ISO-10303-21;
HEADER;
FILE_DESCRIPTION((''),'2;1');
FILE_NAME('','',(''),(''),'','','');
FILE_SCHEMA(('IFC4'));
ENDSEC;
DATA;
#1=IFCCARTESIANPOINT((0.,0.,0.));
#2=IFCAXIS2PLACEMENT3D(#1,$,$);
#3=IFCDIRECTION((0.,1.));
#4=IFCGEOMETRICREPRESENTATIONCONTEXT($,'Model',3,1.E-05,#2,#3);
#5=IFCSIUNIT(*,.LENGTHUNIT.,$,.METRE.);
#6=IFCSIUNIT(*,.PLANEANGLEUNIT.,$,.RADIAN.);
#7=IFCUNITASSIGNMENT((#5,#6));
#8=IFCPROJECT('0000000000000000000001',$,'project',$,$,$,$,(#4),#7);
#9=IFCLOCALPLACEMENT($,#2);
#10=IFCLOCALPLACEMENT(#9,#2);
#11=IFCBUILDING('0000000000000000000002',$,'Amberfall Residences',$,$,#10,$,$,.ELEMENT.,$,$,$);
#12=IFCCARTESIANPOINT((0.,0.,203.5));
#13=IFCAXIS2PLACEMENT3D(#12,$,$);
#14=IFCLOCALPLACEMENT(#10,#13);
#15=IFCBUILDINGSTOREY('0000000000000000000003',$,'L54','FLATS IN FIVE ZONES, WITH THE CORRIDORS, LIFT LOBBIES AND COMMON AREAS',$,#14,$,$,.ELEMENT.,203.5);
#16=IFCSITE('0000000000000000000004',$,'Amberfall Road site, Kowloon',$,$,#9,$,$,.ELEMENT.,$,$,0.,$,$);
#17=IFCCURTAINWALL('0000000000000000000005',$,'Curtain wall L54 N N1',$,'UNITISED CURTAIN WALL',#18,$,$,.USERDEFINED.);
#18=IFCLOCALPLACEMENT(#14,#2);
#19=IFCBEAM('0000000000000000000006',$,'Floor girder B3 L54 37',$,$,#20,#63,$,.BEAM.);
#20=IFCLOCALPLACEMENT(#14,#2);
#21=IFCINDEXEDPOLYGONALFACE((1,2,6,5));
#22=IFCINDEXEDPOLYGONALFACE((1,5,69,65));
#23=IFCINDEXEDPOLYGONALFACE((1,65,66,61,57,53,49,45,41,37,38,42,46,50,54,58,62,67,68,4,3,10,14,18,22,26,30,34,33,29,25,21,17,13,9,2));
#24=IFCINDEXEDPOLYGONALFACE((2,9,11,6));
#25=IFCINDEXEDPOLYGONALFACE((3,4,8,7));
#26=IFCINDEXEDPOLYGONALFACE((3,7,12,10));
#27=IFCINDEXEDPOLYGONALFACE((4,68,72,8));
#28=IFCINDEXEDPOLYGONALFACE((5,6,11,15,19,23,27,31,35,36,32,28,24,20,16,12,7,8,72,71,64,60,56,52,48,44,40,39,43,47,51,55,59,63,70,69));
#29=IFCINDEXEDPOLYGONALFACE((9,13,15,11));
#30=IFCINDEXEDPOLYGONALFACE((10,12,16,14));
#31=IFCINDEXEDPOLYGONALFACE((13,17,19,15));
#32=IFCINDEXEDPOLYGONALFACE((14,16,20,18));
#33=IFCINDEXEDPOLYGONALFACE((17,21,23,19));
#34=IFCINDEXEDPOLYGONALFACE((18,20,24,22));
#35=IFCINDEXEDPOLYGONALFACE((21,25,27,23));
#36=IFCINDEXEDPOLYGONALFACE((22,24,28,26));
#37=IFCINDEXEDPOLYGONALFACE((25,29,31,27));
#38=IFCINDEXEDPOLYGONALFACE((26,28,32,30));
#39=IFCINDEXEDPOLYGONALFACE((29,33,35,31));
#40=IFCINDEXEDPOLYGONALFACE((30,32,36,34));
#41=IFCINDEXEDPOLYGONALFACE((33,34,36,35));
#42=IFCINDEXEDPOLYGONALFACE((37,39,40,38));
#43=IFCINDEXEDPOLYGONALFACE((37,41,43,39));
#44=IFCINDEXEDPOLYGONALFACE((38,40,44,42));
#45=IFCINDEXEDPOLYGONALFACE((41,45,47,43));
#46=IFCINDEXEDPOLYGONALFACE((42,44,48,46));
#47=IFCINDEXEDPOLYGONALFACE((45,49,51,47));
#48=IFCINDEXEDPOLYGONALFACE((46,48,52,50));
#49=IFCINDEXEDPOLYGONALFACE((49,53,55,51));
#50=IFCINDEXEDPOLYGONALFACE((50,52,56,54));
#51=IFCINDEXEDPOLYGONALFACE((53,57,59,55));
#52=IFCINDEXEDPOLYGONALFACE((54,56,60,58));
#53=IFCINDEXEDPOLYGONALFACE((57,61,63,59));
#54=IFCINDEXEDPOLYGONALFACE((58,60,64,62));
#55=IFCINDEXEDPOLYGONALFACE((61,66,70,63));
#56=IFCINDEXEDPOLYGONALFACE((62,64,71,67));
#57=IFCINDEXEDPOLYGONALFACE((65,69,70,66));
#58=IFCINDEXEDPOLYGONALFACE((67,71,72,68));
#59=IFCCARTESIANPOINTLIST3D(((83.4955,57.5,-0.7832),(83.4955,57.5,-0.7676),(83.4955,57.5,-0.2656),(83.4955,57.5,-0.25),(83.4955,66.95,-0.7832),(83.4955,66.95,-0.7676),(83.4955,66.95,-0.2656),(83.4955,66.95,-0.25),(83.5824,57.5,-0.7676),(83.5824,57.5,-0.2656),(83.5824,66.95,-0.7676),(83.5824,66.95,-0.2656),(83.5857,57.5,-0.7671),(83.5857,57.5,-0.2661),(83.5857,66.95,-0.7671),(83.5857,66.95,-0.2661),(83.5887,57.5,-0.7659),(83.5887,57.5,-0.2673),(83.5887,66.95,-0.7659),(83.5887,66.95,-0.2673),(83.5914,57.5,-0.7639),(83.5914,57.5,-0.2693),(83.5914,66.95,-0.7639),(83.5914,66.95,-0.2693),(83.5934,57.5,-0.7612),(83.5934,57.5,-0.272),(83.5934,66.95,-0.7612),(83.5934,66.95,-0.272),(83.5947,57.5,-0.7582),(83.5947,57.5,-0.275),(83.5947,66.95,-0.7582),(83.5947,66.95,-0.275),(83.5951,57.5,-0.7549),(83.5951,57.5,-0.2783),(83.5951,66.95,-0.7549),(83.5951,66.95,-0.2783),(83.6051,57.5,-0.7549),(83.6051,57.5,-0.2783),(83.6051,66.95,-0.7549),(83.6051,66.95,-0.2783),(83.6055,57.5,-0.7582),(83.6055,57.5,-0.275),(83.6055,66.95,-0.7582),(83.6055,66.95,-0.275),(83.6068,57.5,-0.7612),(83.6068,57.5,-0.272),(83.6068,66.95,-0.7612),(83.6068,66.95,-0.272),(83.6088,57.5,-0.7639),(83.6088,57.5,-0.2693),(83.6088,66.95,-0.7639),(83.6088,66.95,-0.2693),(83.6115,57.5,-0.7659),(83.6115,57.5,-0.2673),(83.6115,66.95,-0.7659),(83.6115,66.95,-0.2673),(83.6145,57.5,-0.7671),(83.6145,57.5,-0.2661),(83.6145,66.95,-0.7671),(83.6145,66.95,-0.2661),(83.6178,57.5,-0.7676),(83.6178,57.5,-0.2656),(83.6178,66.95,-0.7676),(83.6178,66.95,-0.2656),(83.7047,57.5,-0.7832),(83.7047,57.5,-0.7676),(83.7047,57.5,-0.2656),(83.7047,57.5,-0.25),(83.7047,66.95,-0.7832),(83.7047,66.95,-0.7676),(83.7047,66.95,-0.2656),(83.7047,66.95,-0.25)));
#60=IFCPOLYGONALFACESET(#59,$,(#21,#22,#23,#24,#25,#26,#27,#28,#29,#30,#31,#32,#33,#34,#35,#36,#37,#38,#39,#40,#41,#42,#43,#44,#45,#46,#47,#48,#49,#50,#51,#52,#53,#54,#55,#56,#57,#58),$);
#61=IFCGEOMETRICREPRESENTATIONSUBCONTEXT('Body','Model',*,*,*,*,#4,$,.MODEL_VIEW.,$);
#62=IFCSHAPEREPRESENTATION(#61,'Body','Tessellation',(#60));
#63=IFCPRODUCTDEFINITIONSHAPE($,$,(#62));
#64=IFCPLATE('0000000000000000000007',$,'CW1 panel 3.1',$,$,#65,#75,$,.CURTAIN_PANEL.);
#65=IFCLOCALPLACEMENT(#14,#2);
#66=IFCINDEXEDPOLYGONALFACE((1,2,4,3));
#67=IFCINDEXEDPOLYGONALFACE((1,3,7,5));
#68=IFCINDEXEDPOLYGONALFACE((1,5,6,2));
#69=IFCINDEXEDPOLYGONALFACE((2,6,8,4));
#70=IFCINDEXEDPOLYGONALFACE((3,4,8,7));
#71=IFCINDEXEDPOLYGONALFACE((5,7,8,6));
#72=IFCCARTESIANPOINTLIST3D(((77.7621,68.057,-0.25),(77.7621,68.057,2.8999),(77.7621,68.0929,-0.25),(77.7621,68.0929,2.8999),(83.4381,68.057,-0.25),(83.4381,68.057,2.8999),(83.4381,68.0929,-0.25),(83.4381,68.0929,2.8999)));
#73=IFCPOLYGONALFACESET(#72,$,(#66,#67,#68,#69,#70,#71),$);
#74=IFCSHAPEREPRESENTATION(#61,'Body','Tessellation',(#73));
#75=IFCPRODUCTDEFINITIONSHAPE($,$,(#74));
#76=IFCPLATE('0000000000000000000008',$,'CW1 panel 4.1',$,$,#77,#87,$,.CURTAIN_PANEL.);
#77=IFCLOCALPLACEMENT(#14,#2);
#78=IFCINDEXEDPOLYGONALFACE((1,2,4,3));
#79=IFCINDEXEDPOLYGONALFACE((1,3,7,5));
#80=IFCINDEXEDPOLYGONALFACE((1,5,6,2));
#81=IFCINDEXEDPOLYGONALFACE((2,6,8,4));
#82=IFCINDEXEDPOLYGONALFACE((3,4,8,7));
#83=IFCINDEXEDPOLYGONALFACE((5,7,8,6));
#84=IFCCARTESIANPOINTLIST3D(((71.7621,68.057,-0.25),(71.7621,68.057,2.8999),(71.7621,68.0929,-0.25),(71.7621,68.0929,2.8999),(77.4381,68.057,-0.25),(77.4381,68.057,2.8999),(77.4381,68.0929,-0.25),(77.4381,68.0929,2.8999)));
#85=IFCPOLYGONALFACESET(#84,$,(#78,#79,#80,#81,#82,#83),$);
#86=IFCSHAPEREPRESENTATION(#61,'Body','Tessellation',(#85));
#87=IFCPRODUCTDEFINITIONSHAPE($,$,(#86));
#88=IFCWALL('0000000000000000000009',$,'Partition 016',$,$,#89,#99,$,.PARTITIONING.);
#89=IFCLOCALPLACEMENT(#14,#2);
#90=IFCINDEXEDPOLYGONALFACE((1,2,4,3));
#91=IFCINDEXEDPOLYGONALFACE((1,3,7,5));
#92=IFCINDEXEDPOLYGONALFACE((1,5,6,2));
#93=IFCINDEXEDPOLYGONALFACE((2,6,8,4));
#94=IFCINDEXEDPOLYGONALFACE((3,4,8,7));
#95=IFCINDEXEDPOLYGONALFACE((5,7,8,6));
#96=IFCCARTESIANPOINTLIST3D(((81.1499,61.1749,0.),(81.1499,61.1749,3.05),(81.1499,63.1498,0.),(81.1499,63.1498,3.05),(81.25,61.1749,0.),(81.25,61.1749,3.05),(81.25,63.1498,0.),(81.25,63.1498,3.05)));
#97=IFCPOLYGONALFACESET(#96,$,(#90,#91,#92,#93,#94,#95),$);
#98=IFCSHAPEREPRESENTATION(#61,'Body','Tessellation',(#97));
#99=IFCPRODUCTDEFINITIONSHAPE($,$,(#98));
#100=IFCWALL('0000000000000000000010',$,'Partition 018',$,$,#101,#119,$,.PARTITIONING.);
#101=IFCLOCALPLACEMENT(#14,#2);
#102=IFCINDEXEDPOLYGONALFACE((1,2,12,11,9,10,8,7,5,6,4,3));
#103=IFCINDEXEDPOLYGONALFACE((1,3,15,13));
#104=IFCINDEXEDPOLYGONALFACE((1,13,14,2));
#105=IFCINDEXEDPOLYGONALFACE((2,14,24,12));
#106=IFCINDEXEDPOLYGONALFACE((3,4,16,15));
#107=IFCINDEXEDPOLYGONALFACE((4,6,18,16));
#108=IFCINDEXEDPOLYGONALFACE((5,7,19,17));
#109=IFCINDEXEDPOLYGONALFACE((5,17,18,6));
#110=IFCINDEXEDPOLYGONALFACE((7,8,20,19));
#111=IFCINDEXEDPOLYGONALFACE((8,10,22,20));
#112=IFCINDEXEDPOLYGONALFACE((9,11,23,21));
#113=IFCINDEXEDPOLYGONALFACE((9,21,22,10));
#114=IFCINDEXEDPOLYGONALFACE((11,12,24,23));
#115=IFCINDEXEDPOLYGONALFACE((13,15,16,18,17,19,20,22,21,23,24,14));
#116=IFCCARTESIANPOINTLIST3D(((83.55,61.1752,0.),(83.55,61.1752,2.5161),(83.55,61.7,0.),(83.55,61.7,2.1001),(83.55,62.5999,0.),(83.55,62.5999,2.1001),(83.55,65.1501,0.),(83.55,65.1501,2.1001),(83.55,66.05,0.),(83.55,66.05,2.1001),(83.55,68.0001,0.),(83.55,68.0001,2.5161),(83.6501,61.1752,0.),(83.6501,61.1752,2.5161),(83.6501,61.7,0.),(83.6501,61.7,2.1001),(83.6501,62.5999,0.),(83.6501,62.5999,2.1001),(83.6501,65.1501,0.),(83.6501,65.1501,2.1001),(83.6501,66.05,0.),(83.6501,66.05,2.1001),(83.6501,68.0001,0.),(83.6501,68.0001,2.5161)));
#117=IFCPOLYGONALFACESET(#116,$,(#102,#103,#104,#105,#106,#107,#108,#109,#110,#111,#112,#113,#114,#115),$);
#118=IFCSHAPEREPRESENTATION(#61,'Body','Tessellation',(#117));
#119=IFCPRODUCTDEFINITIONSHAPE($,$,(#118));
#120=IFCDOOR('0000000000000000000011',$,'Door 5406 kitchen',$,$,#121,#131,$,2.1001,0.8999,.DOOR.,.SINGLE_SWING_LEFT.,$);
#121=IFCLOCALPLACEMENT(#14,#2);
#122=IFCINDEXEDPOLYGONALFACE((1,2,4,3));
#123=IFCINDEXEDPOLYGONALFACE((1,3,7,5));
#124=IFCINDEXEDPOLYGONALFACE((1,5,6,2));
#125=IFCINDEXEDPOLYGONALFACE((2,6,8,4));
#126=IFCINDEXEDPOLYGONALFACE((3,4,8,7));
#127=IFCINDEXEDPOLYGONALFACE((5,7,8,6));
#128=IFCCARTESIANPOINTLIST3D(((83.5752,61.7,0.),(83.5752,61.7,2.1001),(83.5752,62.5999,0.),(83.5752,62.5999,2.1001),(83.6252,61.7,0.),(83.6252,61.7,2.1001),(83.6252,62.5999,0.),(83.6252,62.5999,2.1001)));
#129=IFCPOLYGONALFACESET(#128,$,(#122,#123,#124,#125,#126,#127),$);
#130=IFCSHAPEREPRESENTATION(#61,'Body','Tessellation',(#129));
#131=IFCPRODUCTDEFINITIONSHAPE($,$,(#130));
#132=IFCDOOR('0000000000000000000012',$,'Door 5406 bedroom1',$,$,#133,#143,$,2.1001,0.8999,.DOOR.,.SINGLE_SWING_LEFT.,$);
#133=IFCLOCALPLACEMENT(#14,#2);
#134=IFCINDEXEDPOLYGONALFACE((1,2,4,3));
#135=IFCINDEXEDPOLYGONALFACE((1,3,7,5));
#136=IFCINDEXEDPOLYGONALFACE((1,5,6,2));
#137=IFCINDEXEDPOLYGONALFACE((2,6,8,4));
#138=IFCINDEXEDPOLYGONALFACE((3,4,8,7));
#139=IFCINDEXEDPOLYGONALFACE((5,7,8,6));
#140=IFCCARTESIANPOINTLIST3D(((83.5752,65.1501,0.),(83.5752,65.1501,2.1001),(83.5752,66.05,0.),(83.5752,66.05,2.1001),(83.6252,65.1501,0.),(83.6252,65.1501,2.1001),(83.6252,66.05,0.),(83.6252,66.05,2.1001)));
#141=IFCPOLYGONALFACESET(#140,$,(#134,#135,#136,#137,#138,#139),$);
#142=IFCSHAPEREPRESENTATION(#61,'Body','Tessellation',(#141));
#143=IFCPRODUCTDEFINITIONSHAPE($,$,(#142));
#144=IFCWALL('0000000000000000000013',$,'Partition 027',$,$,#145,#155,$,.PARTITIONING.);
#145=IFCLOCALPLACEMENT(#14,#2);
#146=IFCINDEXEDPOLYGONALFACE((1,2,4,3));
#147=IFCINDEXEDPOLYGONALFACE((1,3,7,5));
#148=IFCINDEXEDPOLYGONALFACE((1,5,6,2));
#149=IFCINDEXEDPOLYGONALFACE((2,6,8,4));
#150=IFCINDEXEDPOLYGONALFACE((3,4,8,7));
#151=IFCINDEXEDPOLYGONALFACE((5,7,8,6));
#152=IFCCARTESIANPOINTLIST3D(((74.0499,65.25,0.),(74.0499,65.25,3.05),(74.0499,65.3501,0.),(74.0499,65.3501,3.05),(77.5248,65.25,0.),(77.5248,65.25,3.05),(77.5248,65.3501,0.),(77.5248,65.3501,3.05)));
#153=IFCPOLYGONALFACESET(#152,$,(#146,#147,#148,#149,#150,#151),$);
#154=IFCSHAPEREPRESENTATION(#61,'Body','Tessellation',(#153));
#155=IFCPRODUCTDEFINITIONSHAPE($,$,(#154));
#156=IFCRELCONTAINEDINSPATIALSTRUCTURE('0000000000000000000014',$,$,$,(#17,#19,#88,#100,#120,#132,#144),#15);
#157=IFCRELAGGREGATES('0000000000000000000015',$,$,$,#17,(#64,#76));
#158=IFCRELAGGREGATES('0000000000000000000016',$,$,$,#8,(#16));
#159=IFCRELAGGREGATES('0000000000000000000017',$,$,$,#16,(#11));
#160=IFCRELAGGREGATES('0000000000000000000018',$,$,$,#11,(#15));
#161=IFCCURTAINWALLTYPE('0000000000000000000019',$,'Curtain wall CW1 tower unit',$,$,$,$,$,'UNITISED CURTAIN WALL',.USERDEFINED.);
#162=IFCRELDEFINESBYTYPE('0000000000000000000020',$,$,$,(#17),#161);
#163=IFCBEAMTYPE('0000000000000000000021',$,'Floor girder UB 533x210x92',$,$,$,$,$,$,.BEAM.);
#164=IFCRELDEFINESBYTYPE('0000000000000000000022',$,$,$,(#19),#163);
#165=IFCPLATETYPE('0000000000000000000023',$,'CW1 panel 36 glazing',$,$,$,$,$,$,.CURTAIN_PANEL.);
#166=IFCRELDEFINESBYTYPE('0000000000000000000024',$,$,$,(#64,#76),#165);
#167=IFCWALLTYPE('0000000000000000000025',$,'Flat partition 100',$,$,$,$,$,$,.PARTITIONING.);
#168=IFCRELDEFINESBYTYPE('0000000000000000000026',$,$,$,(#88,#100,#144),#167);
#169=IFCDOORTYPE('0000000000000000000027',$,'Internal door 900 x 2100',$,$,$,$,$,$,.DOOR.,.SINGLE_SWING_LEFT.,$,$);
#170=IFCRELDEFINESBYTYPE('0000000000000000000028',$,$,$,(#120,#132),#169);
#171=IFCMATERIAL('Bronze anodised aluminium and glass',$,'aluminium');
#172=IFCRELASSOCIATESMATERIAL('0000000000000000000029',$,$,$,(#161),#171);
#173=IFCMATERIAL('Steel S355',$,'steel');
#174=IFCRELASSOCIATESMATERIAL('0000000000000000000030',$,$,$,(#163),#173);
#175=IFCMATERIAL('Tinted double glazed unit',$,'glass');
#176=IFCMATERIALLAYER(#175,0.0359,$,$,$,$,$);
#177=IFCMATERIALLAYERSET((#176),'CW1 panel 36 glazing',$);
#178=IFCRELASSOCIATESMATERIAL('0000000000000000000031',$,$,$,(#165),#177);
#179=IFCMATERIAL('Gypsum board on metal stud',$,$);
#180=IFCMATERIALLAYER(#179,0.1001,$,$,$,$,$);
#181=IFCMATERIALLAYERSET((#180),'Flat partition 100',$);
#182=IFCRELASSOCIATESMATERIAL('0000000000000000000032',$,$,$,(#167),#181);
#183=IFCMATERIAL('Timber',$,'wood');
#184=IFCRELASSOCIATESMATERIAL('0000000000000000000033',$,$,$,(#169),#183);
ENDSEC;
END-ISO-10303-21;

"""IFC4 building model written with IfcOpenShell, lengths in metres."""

from ifc_helpers import new_model, si_unit, direction, frame, frame_2d, origin, origin_2d, place, context, subcontext, project, spatial, rectangle, i_section, extrude, material, layer, layer_set, material_profile, profile_set, type_object, element, fill, aggregate, save


model = new_model("IFC4")

# Units and contexts
model_context = context("Model", 3, precision=1e-05, world=origin(), true_north=direction((0.0, 1.0)))
body_context = subcontext(model_context, "Body", "Model", "MODEL_VIEW")
ifc_project = project(units=[si_unit("LENGTHUNIT", "METRE"), si_unit("PLANEANGLEUNIT", "RADIAN")], contexts=[model_context])

# Site, building, storey
site_placement = place(None, origin())
site = spatial("IfcSite", under=ifc_project, at=site_placement, Name="Amberfall Road site, Kowloon", CompositionType="ELEMENT", RefElevation=0.0)
building_placement = place(site_placement, origin())
building = spatial("IfcBuilding", under=site, at=building_placement, Name="Amberfall Residences", CompositionType="ELEMENT")
storey_placement = place(building_placement, frame((0.0, 0.0, 203.5)))
storey = spatial("IfcBuildingStorey", under=building, at=storey_placement, Name="L54", Description="FLATS IN FIVE ZONES, WITH THE CORRIDORS, LIFT LOBBIES AND COMMON AREAS", CompositionType="ELEMENT", Elevation=203.5)

# Curtain wall
ifc_material_1 = material(Name="Bronze anodised aluminium and glass", Category="aluminium")
curtain_wall_type = type_object("IfcCurtainWallType", Name="Curtain wall CW1 tower unit", ElementType="UNITISED CURTAIN WALL", PredefinedType="USERDEFINED", material=ifc_material_1)
curtain_wall_placement = place(storey_placement, origin())
curtain_wall = element("IfcCurtainWall", 1, at=curtain_wall_placement, inside=storey, type_object=curtain_wall_type, Name="Curtain wall L54 N N1", ObjectType="UNITISED CURTAIN WALL", PredefinedType="USERDEFINED")

# Shared definitions
ifc_material_2 = material(Name="Steel S355", Category="steel")

# Beam
ifc_material_profile_1 = material_profile(ifc_material_2, i_section(OverallWidth=0.2092, OverallDepth=0.5332, WebThickness=0.01, FlangeThickness=0.0156, FilletRadius=0.0127, at=origin_2d()), Name="UB 533x210x92")
ifc_profile_set_1 = profile_set([ifc_material_profile_1], Name="Steel S355")
beam_type_1 = type_object("IfcBeamType", Name="Floor girder UB 533x210x92", PredefinedType="BEAM", material=ifc_profile_set_1)
for number, where, z_axis, x_axis, name in (
    (2, (83.6001, 66.95, -0.5166), (0.0, -1.0, 0.0), (1.0, 0.0, 0.0), "Floor girder B3 L54 37"),
):
    element("IfcBeam", number, at=place(storey_placement, frame(where, z_axis=z_axis, x_axis=x_axis)), inside=storey, type_object=beam_type_1, Name=name, PredefinedType="BEAM", context=body_context, shape_type="SweptSolid", body=[
        extrude(i_section(OverallWidth=0.2092, OverallDepth=0.5332, WebThickness=0.01, FlangeThickness=0.0156, FilletRadius=0.0127, at=origin_2d()), origin(), (0.0, 0.0, 1.0), 9.45),
    ])

# Plates
ifc_material_3 = material(Name="Tinted double glazed unit", Category="glass")
ifc_layer_1 = layer(ifc_material_3, 0.0359)
ifc_layer_set_1 = layer_set([ifc_layer_1], Name="CW1 panel 36 glazing")
plate_type = type_object("IfcPlateType", Name="CW1 panel 36 glazing", PredefinedType="CURTAIN_PANEL", material=ifc_layer_set_1)
plate_1_placement = place(storey_placement, frame((80.6001, 68.075, -0.25), z_axis=(0.0, 0.0, 1.0), x_axis=(-1.0, 0.0, 0.0)))
plate_1 = element("IfcPlate", 3, at=plate_1_placement, type_object=plate_type, Name="CW1 panel 3.1", PredefinedType="CURTAIN_PANEL", context=body_context, shape_type="SweptSolid", body=[
    extrude(rectangle(XDim=5.676, YDim=0.0359, at=origin_2d()), origin(), (0.0, 0.0, 1.0), 3.1499),
])
plate_2_placement = place(storey_placement, frame((74.6001, 68.075, -0.25), z_axis=(0.0, 0.0, 1.0), x_axis=(-1.0, 0.0, 0.0)))
plate_2 = element("IfcPlate", 4, at=plate_2_placement, type_object=plate_type, Name="CW1 panel 4.1", PredefinedType="CURTAIN_PANEL", context=body_context, shape_type="SweptSolid", body=[
    extrude(rectangle(XDim=5.676, YDim=0.0359, at=origin_2d()), origin(), (0.0, 0.0, 1.0), 3.1499),
])
aggregate(curtain_wall, [plate_1, plate_2])

# Wall
ifc_material_4 = material(Name="Gypsum board on metal stud")
ifc_layer_2 = layer(ifc_material_4, 0.1001)
ifc_layer_set_2 = layer_set([ifc_layer_2], Name="Flat partition 100")
wall_type_1 = type_object("IfcWallType", Name="Flat partition 100", PredefinedType="PARTITIONING", material=ifc_layer_set_2)
wall_1_placement = place(storey_placement, frame((81.2, 61.175, 0.0), z_axis=(0.0, 0.0, 1.0), x_axis=(0.0, 1.0, 0.0)))
element("IfcWall", 5, at=wall_1_placement, inside=storey, type_object=wall_type_1, Name="Partition 016", PredefinedType="PARTITIONING", context=body_context, shape_type="SweptSolid", body=[
    extrude(rectangle(XDim=1.9749, YDim=0.1001, at=frame_2d((0.9873, 0.0))), origin(), (0.0, 0.0, 1.0), 3.05),
])

# Wall, openings, doors
wall_2_placement = place(storey_placement, frame((83.6001, 61.175, 0.0), z_axis=(0.0, 0.0, 1.0), x_axis=(0.0, 1.0, 0.0)))
wall_2 = element("IfcWall", 6, at=wall_2_placement, inside=storey, type_object=wall_type_1, Name="Partition 018", PredefinedType="PARTITIONING", context=body_context, shape_type="SweptSolid", body=[
    extrude(rectangle(XDim=6.825, YDim=0.1001, at=frame_2d((3.4126, 0.0))), origin(), (0.0, 0.0, 1.0), 2.5161),
])
opening_1_placement = place(wall_2_placement, frame((0.5249, 0.0, 0.0)))
opening_1 = element("IfcOpeningElement", 7, at=opening_1_placement, cuts=wall_2, PredefinedType="OPENING", context=body_context, shape_type="SweptSolid", body=[
    extrude(rectangle(XDim=0.8999, YDim=2.1001, at=frame_2d((0.45, 1.05))), frame((0.0, 0.0601, 0.0), z_axis=(0.0, -1.0, 0.0), x_axis=(1.0, 0.0, 0.0)), (0.0, 0.0, 1.0), 0.1201),
])
opening_2_placement = place(wall_2_placement, frame((3.9751, 0.0, 0.0)))
opening_2 = element("IfcOpeningElement", 8, at=opening_2_placement, cuts=wall_2, PredefinedType="OPENING", context=body_context, shape_type="SweptSolid", body=[
    extrude(rectangle(XDim=0.8999, YDim=2.1001, at=frame_2d((0.45, 1.05))), frame((0.0, 0.0601, 0.0), z_axis=(0.0, -1.0, 0.0), x_axis=(1.0, 0.0, 0.0)), (0.0, 0.0, 1.0), 0.1201),
])
ifc_material_5 = material(Name="Timber", Category="wood")
door_type_1 = type_object("IfcDoorType", Name="Internal door 900 x 2100", OperationType="SINGLE_SWING_LEFT", PredefinedType="DOOR", material=ifc_material_5)
door_1_placement = place(opening_1_placement, origin())
door_1 = element("IfcDoor", 9, at=door_1_placement, inside=storey, type_object=door_type_1, Name="Door 5406 kitchen", OperationType="SINGLE_SWING_LEFT", OverallHeight=2.1001, OverallWidth=0.8999, PredefinedType="DOOR", context=body_context, shape_type="SweptSolid", body=[
    extrude(rectangle(XDim=0.8999, YDim=2.1001, at=frame_2d((0.45, 1.05))), frame((0.0, 0.0249, 0.0), z_axis=(0.0, -1.0, 0.0), x_axis=(1.0, 0.0, 0.0)), (0.0, 0.0, 1.0), 0.05),
])
fill(opening_1, door_1)
door_2_placement = place(opening_2_placement, origin())
door_2 = element("IfcDoor", 10, at=door_2_placement, inside=storey, type_object=door_type_1, Name="Door 5406 bedroom1", OperationType="SINGLE_SWING_LEFT", OverallHeight=2.1001, OverallWidth=0.8999, PredefinedType="DOOR", context=body_context, shape_type="SweptSolid", body=[
    extrude(rectangle(XDim=0.8999, YDim=2.1001, at=frame_2d((0.45, 1.05))), frame((0.0, 0.0249, 0.0), z_axis=(0.0, -1.0, 0.0), x_axis=(1.0, 0.0, 0.0)), (0.0, 0.0, 1.0), 0.05),
])
fill(opening_2, door_2)

# Wall
wall_3_placement = place(storey_placement, frame((74.05, 65.3, 0.0), z_axis=(0.0, 0.0, 1.0), x_axis=(1.0, 0.0, 0.0)))
element("IfcWall", 11, at=wall_3_placement, inside=storey, type_object=wall_type_1, Name="Partition 027", PredefinedType="PARTITIONING", context=body_context, shape_type="SweptSolid", body=[
    extrude(rectangle(XDim=3.4749, YDim=0.1001, at=frame_2d((1.7373, 0.0))), origin(), (0.0, 0.0, 1.0), 3.05),
])

save(model, "model.ifc")
